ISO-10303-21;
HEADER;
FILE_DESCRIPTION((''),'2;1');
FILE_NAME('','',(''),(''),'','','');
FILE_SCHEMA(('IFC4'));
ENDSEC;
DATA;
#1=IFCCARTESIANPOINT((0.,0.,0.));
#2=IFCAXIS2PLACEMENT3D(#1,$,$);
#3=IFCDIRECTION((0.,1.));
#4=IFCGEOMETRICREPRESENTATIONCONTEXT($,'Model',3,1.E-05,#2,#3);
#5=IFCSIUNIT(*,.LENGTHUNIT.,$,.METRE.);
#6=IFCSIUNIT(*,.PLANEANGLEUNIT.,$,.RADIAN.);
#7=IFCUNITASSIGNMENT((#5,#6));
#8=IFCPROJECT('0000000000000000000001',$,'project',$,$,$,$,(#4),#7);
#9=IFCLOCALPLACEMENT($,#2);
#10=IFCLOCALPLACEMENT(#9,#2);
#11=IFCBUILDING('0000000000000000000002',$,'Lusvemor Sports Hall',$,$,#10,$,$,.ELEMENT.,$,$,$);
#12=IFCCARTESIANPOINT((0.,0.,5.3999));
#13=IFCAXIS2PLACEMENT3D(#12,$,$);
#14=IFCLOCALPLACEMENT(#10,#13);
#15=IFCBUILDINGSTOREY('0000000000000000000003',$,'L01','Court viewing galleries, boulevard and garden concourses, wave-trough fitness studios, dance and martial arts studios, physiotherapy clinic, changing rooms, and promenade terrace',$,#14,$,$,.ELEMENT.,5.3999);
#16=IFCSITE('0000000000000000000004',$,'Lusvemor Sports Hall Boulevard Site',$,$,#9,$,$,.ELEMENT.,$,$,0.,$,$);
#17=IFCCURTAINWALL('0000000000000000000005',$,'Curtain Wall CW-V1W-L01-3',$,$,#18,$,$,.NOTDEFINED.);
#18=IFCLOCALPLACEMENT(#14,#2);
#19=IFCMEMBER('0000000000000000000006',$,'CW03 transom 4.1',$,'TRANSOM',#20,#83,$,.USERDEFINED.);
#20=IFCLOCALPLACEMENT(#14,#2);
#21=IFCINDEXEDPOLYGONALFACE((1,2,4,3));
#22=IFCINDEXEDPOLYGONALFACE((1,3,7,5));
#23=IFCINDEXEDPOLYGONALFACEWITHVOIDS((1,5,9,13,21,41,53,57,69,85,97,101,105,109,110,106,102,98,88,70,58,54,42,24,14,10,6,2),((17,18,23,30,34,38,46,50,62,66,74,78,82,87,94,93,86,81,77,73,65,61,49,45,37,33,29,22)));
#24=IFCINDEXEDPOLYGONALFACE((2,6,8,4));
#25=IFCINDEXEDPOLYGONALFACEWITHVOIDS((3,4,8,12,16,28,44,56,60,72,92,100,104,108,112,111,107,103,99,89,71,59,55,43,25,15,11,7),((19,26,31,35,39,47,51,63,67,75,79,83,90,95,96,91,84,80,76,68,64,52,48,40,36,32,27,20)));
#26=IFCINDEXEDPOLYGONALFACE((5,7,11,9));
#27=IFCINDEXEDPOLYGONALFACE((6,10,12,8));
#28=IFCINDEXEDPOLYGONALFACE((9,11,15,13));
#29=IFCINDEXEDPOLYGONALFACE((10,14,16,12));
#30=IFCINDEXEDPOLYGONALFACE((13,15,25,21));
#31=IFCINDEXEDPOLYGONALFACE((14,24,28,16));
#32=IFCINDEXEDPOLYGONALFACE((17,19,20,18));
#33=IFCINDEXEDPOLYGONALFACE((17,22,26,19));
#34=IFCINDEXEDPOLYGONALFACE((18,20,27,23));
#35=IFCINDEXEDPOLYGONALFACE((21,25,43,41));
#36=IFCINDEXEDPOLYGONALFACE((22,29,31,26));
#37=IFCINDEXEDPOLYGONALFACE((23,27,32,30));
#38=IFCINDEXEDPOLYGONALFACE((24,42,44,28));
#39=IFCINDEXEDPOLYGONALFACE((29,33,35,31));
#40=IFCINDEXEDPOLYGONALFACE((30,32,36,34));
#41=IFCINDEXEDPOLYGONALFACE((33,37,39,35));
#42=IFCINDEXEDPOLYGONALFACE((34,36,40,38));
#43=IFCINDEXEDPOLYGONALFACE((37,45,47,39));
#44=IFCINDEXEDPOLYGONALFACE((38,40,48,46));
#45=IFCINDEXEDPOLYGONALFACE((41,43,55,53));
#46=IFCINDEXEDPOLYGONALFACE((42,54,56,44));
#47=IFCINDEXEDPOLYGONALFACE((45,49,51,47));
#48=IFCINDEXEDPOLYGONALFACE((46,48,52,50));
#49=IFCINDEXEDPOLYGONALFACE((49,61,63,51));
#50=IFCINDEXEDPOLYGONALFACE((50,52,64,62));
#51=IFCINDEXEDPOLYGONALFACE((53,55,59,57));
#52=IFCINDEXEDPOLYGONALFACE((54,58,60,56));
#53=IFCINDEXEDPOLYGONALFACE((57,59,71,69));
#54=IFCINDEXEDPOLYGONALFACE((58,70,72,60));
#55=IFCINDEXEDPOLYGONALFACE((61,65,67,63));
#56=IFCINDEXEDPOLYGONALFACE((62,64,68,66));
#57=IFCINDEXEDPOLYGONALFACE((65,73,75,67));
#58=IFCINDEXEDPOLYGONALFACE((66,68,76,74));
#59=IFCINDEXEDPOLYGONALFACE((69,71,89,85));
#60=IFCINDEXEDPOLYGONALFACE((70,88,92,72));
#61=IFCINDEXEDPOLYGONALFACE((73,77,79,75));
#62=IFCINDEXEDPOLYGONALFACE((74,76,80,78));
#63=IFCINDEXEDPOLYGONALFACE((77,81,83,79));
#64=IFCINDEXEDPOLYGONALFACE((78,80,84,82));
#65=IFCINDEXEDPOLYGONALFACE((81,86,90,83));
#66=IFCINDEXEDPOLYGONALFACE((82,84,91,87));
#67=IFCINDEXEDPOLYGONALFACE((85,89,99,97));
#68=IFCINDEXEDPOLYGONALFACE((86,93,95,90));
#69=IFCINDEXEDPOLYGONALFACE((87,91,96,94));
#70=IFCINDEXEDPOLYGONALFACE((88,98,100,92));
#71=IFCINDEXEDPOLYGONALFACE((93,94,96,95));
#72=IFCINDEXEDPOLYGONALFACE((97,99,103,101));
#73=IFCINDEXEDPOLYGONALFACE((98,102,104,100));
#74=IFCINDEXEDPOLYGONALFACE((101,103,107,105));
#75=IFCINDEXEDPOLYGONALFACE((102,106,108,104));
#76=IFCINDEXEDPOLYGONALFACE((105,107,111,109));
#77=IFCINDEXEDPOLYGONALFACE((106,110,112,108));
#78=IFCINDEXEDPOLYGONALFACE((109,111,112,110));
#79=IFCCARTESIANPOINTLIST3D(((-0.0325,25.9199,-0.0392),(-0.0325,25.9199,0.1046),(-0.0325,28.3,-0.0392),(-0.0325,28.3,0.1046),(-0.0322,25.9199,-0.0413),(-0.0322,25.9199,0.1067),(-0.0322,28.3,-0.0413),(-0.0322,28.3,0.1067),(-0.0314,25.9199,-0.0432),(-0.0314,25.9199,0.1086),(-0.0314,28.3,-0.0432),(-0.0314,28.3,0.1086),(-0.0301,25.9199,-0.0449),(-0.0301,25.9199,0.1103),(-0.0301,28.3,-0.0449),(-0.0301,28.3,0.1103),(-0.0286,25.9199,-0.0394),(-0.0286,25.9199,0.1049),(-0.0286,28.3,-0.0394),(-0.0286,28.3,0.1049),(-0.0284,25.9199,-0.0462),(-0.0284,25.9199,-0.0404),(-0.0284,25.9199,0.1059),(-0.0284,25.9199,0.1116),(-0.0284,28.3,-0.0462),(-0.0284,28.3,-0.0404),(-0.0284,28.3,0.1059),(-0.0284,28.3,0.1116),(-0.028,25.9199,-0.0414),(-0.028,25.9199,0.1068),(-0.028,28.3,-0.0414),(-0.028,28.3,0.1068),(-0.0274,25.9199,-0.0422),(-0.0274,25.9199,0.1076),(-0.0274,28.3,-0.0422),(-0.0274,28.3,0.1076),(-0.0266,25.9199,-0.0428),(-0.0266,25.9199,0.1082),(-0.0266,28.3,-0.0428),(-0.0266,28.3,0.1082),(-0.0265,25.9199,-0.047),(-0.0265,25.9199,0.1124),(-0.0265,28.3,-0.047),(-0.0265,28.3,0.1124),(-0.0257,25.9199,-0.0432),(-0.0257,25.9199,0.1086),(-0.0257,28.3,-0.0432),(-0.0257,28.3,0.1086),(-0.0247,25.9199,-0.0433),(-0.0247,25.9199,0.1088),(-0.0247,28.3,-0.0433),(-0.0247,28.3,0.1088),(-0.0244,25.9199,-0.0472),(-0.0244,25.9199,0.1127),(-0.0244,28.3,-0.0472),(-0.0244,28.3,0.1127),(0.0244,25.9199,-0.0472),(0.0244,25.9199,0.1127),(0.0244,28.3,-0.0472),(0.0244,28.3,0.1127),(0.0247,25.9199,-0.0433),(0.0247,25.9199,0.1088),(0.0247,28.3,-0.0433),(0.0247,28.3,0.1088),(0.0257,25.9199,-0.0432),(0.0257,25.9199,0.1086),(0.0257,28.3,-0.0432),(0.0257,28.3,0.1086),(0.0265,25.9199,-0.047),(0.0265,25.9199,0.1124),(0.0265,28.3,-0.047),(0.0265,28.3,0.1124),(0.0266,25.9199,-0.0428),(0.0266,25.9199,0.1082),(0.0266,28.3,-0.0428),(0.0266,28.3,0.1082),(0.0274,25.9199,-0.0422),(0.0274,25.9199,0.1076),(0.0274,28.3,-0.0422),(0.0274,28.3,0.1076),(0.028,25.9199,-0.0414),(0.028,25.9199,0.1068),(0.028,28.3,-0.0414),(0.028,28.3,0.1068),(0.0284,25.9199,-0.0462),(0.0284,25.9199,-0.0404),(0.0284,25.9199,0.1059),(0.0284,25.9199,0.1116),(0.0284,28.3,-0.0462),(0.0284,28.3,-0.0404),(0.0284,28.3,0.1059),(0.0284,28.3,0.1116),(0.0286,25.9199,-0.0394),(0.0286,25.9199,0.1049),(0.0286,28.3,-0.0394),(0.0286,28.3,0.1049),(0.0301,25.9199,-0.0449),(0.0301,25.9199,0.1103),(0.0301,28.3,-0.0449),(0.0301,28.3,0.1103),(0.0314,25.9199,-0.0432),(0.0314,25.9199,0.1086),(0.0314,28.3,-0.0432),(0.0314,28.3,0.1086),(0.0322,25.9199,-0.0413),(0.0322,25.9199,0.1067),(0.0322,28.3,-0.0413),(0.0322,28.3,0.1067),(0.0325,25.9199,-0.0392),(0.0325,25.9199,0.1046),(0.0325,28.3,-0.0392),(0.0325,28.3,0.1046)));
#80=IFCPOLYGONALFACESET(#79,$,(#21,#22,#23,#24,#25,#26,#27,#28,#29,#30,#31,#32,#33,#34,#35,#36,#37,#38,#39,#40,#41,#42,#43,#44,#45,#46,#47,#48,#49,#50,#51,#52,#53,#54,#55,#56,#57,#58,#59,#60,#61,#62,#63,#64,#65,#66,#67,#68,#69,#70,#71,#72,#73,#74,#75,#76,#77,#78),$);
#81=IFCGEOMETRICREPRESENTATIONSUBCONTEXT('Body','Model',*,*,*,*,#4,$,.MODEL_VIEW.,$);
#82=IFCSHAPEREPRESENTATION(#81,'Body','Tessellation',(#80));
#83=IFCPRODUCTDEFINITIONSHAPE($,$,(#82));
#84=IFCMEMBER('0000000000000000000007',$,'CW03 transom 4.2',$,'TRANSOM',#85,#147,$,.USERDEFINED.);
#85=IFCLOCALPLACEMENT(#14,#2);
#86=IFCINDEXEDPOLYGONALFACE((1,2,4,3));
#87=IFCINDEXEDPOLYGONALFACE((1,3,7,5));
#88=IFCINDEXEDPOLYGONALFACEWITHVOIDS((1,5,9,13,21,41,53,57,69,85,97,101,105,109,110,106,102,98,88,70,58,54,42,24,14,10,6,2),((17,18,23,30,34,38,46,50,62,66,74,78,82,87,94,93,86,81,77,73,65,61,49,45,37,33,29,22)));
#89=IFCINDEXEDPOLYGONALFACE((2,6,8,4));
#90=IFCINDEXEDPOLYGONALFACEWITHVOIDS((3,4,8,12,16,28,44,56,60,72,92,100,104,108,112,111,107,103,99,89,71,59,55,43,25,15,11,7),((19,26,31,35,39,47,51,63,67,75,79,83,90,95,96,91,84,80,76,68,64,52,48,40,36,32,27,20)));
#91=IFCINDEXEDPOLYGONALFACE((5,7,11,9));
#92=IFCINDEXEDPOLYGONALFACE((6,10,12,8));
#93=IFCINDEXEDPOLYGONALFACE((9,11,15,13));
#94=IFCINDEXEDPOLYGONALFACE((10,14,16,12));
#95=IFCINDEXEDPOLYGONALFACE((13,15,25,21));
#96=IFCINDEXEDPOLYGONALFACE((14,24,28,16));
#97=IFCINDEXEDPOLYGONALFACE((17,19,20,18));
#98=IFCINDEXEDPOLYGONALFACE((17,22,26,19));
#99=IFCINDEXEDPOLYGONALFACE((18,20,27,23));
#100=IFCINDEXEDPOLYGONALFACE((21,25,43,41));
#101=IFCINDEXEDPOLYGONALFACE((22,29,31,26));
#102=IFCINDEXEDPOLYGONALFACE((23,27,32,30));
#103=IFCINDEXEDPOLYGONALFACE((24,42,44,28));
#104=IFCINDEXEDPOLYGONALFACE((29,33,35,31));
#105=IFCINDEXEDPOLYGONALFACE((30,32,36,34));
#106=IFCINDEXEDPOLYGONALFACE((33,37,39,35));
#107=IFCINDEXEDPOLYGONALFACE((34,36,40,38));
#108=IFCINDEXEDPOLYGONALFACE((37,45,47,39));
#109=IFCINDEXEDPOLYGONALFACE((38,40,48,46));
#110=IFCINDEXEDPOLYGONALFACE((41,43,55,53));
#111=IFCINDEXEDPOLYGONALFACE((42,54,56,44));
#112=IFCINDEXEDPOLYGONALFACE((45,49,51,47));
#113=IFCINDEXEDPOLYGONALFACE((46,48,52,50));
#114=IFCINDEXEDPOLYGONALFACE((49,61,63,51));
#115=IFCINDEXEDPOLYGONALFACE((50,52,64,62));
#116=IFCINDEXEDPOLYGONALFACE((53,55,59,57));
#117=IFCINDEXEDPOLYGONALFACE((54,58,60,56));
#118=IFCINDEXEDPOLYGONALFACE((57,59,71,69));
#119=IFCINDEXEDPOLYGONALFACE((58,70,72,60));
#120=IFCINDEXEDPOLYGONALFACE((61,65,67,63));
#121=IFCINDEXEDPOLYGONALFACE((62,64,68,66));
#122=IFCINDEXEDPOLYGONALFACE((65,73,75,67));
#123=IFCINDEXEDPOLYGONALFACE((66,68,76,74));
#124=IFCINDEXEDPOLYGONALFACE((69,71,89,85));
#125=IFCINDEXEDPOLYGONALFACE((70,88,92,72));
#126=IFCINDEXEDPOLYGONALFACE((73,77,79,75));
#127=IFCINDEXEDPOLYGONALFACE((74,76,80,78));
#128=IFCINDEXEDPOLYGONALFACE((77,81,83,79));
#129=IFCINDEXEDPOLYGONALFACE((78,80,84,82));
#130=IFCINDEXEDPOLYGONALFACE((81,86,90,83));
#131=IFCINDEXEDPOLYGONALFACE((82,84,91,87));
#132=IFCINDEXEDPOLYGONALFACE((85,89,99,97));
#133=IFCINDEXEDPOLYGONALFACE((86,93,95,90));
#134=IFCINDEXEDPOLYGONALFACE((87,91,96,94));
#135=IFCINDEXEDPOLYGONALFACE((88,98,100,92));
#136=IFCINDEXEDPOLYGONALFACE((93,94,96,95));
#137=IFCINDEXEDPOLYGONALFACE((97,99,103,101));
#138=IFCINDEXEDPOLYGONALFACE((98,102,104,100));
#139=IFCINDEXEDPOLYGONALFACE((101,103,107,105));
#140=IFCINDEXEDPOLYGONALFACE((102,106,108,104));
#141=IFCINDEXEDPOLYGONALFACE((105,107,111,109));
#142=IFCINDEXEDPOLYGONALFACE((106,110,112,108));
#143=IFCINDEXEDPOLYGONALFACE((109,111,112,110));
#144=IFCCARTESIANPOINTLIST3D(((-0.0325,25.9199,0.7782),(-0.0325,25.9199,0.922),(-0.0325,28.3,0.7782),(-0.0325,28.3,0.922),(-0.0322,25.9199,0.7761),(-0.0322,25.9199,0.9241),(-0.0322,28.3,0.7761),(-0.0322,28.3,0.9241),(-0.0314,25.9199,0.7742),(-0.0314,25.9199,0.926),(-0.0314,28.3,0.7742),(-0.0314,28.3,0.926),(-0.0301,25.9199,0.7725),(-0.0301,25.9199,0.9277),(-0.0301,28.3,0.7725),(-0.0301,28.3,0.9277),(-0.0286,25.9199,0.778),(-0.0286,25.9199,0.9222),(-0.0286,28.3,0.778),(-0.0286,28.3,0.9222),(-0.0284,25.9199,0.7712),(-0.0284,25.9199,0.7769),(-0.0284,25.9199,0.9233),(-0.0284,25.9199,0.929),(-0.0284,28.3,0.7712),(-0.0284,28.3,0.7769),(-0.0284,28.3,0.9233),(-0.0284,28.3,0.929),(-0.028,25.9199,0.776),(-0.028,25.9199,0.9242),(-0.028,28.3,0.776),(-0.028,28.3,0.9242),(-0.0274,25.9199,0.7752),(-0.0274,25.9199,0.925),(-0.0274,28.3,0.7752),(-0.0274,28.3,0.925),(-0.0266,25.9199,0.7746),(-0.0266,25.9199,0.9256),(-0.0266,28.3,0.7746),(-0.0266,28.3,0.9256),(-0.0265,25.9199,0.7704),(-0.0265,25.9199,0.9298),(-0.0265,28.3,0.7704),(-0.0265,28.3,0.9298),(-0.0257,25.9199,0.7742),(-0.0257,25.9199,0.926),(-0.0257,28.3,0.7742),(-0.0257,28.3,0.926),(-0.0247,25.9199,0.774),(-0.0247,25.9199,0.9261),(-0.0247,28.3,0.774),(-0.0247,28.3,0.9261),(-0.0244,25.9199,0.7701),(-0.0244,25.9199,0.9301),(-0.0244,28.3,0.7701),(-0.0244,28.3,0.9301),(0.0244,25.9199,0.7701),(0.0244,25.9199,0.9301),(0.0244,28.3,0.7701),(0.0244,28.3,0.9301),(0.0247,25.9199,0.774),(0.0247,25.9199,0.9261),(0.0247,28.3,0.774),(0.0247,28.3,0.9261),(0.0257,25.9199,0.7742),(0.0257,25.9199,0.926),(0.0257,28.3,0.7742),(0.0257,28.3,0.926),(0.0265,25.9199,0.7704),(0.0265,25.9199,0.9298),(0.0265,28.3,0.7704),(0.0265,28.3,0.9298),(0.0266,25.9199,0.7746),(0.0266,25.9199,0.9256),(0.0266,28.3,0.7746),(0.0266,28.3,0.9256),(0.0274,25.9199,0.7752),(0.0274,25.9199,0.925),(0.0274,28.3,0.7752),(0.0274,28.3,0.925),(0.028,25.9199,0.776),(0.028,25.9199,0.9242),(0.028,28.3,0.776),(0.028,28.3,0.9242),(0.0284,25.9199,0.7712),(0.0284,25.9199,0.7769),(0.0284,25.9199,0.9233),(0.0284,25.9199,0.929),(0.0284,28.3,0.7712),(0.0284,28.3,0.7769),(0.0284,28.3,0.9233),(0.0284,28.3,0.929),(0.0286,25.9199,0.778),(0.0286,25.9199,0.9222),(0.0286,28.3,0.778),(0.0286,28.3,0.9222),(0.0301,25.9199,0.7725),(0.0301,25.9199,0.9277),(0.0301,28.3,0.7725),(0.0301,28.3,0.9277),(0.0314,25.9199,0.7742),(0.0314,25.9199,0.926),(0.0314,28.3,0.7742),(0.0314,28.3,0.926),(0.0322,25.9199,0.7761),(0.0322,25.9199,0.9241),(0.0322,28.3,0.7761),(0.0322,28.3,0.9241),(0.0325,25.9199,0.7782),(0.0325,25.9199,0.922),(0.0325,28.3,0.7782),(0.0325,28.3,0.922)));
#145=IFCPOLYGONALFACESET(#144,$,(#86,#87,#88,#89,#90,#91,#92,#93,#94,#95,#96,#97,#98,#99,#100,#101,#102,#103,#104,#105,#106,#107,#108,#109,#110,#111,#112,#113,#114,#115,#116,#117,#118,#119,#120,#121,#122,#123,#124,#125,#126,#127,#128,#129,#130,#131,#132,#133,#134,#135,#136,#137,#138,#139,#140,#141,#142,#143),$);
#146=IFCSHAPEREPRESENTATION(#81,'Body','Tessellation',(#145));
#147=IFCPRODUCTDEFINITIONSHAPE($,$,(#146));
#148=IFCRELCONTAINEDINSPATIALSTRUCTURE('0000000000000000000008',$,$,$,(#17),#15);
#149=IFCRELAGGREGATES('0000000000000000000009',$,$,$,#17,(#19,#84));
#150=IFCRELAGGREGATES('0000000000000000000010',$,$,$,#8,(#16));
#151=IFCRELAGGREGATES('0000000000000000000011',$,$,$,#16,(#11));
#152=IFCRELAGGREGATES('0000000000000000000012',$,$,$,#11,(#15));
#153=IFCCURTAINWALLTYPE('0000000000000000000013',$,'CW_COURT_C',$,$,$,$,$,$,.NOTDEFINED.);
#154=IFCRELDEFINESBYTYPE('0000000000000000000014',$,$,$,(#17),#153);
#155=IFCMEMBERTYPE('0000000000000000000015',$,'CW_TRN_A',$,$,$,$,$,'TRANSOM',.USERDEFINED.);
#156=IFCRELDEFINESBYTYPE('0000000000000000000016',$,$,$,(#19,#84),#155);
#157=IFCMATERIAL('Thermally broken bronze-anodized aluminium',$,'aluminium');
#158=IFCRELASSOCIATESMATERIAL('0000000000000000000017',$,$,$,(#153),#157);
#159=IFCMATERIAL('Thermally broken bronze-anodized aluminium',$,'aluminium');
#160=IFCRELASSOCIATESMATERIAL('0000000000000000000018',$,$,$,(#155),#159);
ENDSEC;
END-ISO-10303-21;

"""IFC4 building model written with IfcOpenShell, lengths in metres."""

from ifc_helpers import new_model, si_unit, direction, frame, origin, origin_2d, place, context, subcontext, project, spatial, hollow_rectangle, extrude, material, material_profile, profile_set, type_object, element, aggregate, save


model = new_model("IFC4")

# Units and contexts
model_context = context("Model", 3, precision=1e-05, world=origin(), true_north=direction((0.0, 1.0)))
body_context = subcontext(model_context, "Body", "Model", "MODEL_VIEW")
ifc_project = project(units=[si_unit("LENGTHUNIT", "METRE"), si_unit("PLANEANGLEUNIT", "RADIAN")], contexts=[model_context])

# Site, building, storey
site_placement = place(None, origin())
site = spatial("IfcSite", under=ifc_project, at=site_placement, Name="Lusvemor Sports Hall Boulevard Site", CompositionType="ELEMENT", RefElevation=0.0)
building_placement = place(site_placement, origin())
building = spatial("IfcBuilding", under=site, at=building_placement, Name="Lusvemor Sports Hall", CompositionType="ELEMENT")
storey_placement = place(building_placement, frame((0.0, 0.0, 5.3999)))
storey = spatial("IfcBuildingStorey", under=building, at=storey_placement, Name="L01", Description="Court viewing galleries, boulevard and garden concourses, wave-trough fitness studios, dance and martial arts studios, physiotherapy clinic, changing rooms, and promenade terrace", CompositionType="ELEMENT", Elevation=5.3999)

# Curtain wall
ifc_material_1 = material(Name="Thermally broken bronze-anodized aluminium", Category="aluminium")
curtain_wall_type = type_object("IfcCurtainWallType", Name="CW_COURT_C", PredefinedType="NOTDEFINED", material=ifc_material_1)
curtain_wall_1_placement = place(storey_placement, origin())
curtain_wall_1 = element("IfcCurtainWall", 1, at=curtain_wall_1_placement, inside=storey, type_object=curtain_wall_type, Name="Curtain Wall CW-V1W-L01-3", PredefinedType="NOTDEFINED")

# Members
ifc_material_2 = material(Name="Thermally broken bronze-anodized aluminium", Category="aluminium")
ifc_material_profile_1 = material_profile(ifc_material_2, hollow_rectangle(XDim=0.0649, YDim=0.1599, WallThickness=0.0039, InnerFilletRadius=0.0039, OuterFilletRadius=0.0081, at=origin_2d()), Name="CWTRN160x65x4")
ifc_profile_set_1 = profile_set([ifc_material_profile_1], Name="Thermally broken bronze-anodized aluminium")
member_type_1 = type_object("IfcMemberType", Name="CW_TRN_A", ElementType="TRANSOM", PredefinedType="USERDEFINED", material=ifc_profile_set_1)
member_1_placement = place(storey_placement, frame((0.0, 25.9199, 0.0327), z_axis=(0.0, 1.0, 0.0), x_axis=(-1.0, 0.0, 0.0)))
member_1 = element("IfcMember", 2, at=member_1_placement, type_object=member_type_1, Name="CW03 transom 4.1", ObjectType="TRANSOM", PredefinedType="USERDEFINED", context=body_context, shape_type="SweptSolid", body=[
    extrude(hollow_rectangle(XDim=0.0649, YDim=0.1599, WallThickness=0.0039, InnerFilletRadius=0.0039, OuterFilletRadius=0.0081, at=origin_2d()), origin(), (0.0, 0.0, 1.0), 2.3801),
])
member_2_placement = place(storey_placement, frame((0.0, 25.9199, 0.8501), z_axis=(0.0, 1.0, 0.0), x_axis=(-1.0, 0.0, 0.0)))
member_2 = element("IfcMember", 3, at=member_2_placement, type_object=member_type_1, Name="CW03 transom 4.2", ObjectType="TRANSOM", PredefinedType="USERDEFINED", context=body_context, shape_type="SweptSolid", body=[
    extrude(hollow_rectangle(XDim=0.0649, YDim=0.1599, WallThickness=0.0039, InnerFilletRadius=0.0039, OuterFilletRadius=0.0081, at=origin_2d()), origin(), (0.0, 0.0, 1.0), 2.3801),
])

aggregate(curtain_wall_1, [member_1, member_2])

save(model, "model.ifc")
